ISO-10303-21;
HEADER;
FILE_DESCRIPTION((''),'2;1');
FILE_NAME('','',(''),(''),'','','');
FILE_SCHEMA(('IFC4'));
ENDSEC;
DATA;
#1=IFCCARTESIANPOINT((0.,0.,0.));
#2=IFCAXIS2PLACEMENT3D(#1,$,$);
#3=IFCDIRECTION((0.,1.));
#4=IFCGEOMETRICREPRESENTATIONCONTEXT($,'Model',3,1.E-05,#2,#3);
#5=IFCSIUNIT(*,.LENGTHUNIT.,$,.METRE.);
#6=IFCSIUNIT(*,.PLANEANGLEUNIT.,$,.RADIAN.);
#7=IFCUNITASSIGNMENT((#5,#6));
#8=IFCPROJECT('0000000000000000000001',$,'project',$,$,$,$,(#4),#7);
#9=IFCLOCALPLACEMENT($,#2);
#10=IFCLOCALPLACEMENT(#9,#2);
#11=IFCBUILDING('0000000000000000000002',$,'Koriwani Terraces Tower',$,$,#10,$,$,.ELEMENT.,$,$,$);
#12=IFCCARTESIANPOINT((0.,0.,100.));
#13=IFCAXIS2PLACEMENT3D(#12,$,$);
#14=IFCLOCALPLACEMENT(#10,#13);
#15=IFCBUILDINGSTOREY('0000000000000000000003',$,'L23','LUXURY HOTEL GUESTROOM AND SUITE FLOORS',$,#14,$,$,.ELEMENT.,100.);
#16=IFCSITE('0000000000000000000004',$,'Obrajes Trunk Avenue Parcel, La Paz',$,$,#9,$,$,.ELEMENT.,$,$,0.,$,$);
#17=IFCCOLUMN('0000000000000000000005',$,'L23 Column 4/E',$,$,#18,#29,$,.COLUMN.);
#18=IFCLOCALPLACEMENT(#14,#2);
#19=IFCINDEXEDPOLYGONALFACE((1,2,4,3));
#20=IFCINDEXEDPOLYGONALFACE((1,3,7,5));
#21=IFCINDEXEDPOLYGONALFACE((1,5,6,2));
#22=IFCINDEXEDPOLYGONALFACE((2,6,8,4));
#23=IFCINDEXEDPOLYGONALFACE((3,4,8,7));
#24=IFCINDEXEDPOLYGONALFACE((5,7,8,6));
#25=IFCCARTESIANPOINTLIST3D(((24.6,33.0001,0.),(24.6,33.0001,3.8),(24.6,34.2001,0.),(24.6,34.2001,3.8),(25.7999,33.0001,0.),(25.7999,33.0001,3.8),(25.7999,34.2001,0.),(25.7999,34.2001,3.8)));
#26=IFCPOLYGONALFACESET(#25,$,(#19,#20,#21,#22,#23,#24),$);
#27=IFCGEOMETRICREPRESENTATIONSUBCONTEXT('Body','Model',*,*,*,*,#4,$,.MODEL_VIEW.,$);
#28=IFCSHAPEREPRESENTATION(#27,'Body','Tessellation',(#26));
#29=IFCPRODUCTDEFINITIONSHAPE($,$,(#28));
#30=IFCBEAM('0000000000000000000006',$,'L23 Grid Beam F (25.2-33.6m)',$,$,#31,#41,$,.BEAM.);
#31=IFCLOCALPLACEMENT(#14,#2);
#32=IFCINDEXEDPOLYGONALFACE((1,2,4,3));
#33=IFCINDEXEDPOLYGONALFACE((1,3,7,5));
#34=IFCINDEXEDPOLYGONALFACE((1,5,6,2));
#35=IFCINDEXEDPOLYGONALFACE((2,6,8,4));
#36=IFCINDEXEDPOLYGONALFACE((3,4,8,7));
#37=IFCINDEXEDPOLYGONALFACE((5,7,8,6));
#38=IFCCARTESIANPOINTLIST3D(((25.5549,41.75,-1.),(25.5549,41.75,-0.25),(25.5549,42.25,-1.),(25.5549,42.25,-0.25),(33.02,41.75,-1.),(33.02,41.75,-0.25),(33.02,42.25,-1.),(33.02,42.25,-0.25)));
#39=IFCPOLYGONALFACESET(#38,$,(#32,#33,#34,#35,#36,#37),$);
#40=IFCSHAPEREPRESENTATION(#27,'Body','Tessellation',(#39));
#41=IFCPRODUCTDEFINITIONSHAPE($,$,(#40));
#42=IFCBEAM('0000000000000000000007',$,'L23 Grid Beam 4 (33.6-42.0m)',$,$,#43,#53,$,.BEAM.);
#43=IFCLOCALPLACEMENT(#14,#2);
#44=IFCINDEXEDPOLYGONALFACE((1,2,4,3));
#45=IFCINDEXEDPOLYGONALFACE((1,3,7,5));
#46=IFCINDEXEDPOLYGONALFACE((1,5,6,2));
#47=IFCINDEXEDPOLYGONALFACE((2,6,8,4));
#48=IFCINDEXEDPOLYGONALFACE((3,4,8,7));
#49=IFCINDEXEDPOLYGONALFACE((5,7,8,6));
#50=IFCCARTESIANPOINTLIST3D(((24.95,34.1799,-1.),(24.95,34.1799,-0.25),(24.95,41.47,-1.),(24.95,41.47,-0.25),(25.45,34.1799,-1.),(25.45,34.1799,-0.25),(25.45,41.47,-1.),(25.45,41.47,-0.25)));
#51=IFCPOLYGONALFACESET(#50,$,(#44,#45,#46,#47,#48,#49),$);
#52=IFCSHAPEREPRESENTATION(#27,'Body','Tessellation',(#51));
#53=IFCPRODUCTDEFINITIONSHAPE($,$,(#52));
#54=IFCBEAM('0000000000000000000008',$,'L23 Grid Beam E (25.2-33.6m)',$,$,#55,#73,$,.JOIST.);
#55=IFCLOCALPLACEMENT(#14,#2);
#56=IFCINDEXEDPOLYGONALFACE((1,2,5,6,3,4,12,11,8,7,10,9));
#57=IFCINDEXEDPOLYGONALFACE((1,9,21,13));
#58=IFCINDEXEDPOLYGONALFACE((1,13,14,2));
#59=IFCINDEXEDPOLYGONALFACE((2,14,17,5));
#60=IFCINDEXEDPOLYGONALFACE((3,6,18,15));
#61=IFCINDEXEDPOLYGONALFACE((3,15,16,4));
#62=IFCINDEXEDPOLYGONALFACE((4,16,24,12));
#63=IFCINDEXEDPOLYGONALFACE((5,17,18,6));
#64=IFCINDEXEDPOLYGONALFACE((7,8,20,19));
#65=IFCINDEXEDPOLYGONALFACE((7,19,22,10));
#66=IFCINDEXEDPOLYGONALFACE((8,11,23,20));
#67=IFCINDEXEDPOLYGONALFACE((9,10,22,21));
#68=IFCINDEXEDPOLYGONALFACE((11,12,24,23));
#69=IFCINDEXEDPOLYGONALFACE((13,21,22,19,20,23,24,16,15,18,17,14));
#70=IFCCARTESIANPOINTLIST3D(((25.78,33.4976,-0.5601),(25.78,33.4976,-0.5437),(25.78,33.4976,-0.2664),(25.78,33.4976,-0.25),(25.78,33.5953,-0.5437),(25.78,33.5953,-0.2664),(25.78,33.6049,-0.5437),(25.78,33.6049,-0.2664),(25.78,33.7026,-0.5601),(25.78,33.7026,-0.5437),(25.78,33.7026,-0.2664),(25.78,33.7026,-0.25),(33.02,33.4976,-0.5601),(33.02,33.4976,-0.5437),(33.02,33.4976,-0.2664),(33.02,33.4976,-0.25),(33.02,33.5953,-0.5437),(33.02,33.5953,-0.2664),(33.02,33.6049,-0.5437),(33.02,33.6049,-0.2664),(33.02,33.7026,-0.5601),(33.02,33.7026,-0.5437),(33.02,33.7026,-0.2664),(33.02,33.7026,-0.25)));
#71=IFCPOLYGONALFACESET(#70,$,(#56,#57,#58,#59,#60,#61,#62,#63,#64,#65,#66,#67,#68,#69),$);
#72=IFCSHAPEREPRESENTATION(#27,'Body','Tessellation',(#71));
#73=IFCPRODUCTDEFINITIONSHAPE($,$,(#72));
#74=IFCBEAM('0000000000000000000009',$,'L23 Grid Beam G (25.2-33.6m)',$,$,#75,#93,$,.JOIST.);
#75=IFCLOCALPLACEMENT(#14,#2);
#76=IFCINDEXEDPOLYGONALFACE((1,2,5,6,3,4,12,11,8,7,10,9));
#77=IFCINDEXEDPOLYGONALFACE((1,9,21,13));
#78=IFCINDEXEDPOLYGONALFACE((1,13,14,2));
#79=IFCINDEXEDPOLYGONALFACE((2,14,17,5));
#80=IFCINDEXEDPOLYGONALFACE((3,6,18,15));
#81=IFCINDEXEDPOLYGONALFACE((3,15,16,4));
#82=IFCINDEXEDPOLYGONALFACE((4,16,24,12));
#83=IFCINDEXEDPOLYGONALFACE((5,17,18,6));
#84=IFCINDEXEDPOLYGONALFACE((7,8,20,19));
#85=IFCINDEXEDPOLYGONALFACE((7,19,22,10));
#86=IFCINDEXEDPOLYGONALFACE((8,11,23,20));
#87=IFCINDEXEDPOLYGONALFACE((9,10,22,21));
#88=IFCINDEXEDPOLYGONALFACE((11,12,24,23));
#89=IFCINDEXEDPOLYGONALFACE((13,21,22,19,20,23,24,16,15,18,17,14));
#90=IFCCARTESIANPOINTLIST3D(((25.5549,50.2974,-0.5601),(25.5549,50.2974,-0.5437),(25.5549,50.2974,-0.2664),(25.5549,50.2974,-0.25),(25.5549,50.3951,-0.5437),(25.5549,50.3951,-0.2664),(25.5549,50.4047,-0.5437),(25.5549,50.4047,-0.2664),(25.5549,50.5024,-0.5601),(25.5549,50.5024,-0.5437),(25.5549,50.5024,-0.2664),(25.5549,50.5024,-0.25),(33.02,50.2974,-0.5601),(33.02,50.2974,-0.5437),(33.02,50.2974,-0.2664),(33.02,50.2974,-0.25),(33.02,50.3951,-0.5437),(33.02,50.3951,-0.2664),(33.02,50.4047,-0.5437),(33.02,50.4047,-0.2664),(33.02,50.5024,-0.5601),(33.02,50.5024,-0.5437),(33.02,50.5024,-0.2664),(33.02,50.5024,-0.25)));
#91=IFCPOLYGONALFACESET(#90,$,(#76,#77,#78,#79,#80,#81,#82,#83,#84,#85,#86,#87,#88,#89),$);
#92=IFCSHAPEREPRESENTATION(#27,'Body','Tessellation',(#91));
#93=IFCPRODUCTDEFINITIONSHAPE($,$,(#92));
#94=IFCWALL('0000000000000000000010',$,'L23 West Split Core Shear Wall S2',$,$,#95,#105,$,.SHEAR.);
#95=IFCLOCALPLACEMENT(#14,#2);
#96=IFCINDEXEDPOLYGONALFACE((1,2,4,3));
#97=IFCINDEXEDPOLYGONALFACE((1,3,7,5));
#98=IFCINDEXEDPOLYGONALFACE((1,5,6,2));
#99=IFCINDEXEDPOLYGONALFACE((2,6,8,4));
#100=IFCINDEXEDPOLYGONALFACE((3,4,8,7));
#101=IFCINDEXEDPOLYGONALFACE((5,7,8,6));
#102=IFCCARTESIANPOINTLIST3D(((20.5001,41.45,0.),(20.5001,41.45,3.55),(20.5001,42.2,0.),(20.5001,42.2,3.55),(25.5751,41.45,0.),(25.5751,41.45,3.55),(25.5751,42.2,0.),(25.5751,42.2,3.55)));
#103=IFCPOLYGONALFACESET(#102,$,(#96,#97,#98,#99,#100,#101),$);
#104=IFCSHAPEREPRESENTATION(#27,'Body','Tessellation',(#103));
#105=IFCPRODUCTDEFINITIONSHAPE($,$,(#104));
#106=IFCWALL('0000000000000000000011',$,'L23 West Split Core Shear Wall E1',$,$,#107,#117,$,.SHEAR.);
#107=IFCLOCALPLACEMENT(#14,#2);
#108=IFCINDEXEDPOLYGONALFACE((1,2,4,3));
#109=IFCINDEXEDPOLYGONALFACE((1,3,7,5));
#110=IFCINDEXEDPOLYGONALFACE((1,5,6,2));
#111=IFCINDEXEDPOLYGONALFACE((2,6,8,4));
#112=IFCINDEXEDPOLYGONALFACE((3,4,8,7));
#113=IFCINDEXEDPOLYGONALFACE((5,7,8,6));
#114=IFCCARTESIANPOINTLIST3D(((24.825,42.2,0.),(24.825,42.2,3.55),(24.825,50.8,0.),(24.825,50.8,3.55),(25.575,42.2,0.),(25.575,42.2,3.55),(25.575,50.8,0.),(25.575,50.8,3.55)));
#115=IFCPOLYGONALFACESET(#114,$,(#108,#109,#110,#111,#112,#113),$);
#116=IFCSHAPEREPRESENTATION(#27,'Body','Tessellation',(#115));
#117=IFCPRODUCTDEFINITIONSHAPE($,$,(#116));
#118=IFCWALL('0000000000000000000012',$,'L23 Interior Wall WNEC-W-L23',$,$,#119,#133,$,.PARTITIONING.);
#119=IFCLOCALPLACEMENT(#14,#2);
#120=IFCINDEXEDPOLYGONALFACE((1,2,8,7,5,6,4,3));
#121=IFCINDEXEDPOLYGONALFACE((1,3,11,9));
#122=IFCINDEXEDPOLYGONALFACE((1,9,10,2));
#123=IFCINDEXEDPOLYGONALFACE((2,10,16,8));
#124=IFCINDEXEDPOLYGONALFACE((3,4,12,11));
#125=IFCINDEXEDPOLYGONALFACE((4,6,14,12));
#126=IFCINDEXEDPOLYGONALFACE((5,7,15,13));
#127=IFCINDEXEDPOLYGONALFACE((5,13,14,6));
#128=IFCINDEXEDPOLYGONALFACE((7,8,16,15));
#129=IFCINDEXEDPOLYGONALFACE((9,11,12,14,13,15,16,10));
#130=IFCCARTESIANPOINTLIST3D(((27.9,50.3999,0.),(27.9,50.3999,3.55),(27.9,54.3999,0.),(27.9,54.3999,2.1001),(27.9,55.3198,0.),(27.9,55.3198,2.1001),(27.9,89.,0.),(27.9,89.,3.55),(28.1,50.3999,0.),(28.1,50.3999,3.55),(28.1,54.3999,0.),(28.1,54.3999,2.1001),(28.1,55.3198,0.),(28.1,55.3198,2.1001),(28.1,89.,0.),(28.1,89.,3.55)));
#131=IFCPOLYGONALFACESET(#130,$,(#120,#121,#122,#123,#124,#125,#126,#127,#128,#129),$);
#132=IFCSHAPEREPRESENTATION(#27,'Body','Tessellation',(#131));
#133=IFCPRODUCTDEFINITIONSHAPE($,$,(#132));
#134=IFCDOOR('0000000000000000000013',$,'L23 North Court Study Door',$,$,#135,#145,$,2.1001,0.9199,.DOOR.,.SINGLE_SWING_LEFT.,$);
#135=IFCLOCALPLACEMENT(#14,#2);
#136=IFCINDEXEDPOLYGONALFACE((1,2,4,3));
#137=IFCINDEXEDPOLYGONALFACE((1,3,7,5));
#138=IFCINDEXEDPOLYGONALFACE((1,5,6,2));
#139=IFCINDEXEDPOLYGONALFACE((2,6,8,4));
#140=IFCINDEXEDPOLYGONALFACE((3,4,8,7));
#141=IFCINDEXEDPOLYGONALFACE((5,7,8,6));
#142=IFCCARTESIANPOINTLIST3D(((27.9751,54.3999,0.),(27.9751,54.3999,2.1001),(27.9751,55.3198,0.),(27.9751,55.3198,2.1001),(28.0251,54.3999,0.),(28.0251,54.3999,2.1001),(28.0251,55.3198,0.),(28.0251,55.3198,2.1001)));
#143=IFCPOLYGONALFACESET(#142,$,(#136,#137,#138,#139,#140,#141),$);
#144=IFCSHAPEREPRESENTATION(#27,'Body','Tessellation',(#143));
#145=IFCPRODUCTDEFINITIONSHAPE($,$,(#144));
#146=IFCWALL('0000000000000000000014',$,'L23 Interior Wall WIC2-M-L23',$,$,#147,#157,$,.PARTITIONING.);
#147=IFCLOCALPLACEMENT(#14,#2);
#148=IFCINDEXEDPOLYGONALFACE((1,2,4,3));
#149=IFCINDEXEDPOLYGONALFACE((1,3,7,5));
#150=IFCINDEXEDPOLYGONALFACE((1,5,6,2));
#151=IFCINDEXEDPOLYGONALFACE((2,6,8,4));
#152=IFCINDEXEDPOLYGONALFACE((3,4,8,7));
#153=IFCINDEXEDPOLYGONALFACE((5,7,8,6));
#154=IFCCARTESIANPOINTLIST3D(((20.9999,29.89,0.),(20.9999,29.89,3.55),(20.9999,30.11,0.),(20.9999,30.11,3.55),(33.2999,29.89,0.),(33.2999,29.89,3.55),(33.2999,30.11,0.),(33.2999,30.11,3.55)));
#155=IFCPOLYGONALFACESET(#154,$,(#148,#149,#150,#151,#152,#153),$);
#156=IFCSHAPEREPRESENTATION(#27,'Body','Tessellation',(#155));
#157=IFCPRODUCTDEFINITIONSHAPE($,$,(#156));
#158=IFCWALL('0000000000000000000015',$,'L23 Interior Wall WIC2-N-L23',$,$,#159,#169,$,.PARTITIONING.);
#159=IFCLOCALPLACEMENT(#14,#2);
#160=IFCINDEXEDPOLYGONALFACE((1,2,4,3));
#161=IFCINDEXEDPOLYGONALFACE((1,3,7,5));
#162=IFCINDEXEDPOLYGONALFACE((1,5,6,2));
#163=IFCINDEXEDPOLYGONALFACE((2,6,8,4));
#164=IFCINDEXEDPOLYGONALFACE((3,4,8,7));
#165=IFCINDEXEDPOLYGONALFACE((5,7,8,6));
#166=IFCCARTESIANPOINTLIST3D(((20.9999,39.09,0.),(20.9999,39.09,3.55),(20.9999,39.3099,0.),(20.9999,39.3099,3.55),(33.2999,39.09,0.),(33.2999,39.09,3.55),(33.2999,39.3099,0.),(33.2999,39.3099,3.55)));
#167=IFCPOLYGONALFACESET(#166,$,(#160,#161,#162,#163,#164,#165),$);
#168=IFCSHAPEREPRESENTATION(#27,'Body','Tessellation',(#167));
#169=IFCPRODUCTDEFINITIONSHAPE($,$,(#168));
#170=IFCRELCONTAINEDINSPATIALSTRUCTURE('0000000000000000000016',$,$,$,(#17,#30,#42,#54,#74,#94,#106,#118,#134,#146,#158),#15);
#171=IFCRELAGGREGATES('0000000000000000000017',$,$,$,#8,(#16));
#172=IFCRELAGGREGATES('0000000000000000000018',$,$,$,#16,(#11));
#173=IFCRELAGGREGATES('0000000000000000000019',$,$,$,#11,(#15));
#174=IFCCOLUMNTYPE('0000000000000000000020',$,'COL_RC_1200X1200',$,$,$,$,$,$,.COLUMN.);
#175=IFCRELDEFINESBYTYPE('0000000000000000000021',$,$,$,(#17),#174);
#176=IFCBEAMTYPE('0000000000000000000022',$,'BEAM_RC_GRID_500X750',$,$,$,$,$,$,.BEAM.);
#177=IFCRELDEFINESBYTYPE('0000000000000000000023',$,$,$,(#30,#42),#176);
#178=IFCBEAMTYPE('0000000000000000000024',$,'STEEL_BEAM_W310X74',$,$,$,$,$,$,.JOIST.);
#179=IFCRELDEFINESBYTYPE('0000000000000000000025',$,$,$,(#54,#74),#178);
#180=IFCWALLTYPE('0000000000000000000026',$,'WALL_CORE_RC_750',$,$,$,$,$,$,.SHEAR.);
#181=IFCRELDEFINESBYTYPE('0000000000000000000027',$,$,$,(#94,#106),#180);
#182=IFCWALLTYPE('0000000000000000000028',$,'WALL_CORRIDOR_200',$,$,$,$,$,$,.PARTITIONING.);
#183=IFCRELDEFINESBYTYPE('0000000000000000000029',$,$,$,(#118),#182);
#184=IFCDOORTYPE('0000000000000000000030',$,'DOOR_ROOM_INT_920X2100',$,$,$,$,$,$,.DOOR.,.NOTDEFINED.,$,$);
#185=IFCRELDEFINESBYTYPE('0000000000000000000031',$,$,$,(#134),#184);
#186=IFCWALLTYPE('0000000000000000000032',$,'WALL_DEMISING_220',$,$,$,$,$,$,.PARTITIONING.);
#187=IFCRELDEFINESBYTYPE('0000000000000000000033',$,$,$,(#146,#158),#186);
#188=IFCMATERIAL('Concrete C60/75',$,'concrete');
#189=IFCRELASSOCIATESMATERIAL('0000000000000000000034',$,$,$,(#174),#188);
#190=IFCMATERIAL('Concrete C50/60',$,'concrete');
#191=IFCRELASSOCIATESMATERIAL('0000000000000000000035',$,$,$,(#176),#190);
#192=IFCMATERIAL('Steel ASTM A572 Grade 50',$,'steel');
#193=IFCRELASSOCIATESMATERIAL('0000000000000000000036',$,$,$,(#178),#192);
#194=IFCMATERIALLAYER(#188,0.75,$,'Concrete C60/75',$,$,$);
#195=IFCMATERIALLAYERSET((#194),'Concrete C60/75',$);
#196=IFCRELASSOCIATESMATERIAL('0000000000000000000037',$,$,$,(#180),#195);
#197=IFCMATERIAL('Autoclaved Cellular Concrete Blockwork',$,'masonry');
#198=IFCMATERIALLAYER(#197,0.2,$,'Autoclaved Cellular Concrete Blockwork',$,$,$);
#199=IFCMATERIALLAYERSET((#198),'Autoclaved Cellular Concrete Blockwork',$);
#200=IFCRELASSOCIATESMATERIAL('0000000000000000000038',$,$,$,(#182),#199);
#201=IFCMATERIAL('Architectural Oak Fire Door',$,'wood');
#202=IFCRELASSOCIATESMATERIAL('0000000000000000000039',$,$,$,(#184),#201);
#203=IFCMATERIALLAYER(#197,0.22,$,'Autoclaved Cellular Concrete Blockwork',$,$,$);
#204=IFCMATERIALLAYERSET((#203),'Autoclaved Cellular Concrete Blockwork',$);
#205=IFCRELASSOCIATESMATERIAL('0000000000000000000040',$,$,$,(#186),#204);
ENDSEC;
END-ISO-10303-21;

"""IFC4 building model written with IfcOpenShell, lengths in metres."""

from ifc_helpers import new_model, si_unit, direction, frame, frame_2d, origin, origin_2d, place, context, subcontext, project, spatial, rectangle, i_section, extrude, material, layer, layer_set, material_profile, profile_set, type_object, element, fill, save


model = new_model("IFC4")

# Units and contexts
model_context = context("Model", 3, precision=1e-05, world=origin(), true_north=direction((0.0, 1.0)))
body_context = subcontext(model_context, "Body", "Model", "MODEL_VIEW")
ifc_project = project(units=[si_unit("LENGTHUNIT", "METRE"), si_unit("PLANEANGLEUNIT", "RADIAN")], contexts=[model_context])

# Site, building, storey
site_placement = place(None, origin())
site = spatial("IfcSite", under=ifc_project, at=site_placement, Name="Obrajes Trunk Avenue Parcel, La Paz", CompositionType="ELEMENT", RefElevation=0.0)
building_placement = place(site_placement, origin())
building = spatial("IfcBuilding", under=site, at=building_placement, Name="Koriwani Terraces Tower", CompositionType="ELEMENT")
storey_placement = place(building_placement, frame((0.0, 0.0, 100.0)))
storey = spatial("IfcBuildingStorey", under=building, at=storey_placement, Name="L23", Description="LUXURY HOTEL GUESTROOM AND SUITE FLOORS", CompositionType="ELEMENT", Elevation=100.0)

# Column
ifc_material_1 = material(Name="Concrete C60/75", Category="concrete")
ifc_material_profile_1 = material_profile(ifc_material_1, rectangle(XDim=1.2, YDim=1.2, at=origin_2d()), Name="Concrete C60/75", Category="LoadBearing")
ifc_profile_set_1 = profile_set([ifc_material_profile_1], Name="Concrete C60/75")
column_type = type_object("IfcColumnType", Name="COL_RC_1200X1200", PredefinedType="COLUMN", material=ifc_profile_set_1)
column_placement = place(storey_placement, frame((25.2, 33.6001, 0.0), z_axis=(0.0, 0.0, 1.0), x_axis=(1.0, 0.0, 0.0)))
element("IfcColumn", 1, at=column_placement, inside=storey, type_object=column_type, Name="L23 Column 4/E", PredefinedType="COLUMN", context=body_context, shape_type="SweptSolid", body=[
    extrude(rectangle(XDim=1.2, YDim=1.2, at=origin_2d()), origin(), (0.0, 0.0, 1.0), 3.8),
])

# Beams
ifc_material_2 = material(Name="Concrete C50/60", Category="concrete")
ifc_material_profile_2 = material_profile(ifc_material_2, rectangle(XDim=0.5, YDim=0.75, at=origin_2d()), Name="Concrete C50/60", Category="LoadBearing")
ifc_profile_set_2 = profile_set([ifc_material_profile_2], Name="Concrete C50/60")
beam_type_1 = type_object("IfcBeamType", Name="BEAM_RC_GRID_500X750", PredefinedType="BEAM", material=ifc_profile_set_2)
beam_1_placement = place(storey_placement, frame((25.5549, 42.0, -0.625), z_axis=(1.0, 0.0, 0.0), x_axis=(0.0, 1.0, 0.0)))
element("IfcBeam", 2, at=beam_1_placement, inside=storey, type_object=beam_type_1, Name="L23 Grid Beam F (25.2-33.6m)", PredefinedType="BEAM", context=body_context, shape_type="SweptSolid", body=[
    extrude(rectangle(XDim=0.5, YDim=0.75, at=origin_2d()), origin(), (0.0, 0.0, 1.0), 7.4651),
])
beam_2_placement = place(storey_placement, frame((25.2, 34.1799, -0.625), z_axis=(0.0, 1.0, 0.0), x_axis=(-1.0, 0.0, 0.0)))
element("IfcBeam", 3, at=beam_2_placement, inside=storey, type_object=beam_type_1, Name="L23 Grid Beam 4 (33.6-42.0m)", PredefinedType="BEAM", context=body_context, shape_type="SweptSolid", body=[
    extrude(rectangle(XDim=0.5, YDim=0.75, at=origin_2d()), origin(), (0.0, 0.0, 1.0), 7.29),
])
ifc_material_3 = material(Name="Steel ASTM A572 Grade 50", Category="steel")
ifc_material_profile_3 = material_profile(ifc_material_3, i_section(OverallWidth=0.2051, OverallDepth=0.3101, WebThickness=0.0095, FlangeThickness=0.0164, at=origin_2d()), Name="Steel ASTM A572 Grade 50", Category="LoadBearing")
ifc_profile_set_3 = profile_set([ifc_material_profile_3], Name="Steel ASTM A572 Grade 50")
beam_type_2 = type_object("IfcBeamType", Name="STEEL_BEAM_W310X74", PredefinedType="JOIST", material=ifc_profile_set_3)
beam_3_placement = place(storey_placement, frame((25.78, 33.6001, -0.405), z_axis=(1.0, 0.0, 0.0), x_axis=(0.0, 1.0, 0.0)))
element("IfcBeam", 4, at=beam_3_placement, inside=storey, type_object=beam_type_2, Name="L23 Grid Beam E (25.2-33.6m)", PredefinedType="JOIST", context=body_context, shape_type="SweptSolid", body=[
    extrude(i_section(OverallWidth=0.2051, OverallDepth=0.3101, WebThickness=0.0095, FlangeThickness=0.0164, at=origin_2d()), origin(), (0.0, 0.0, 1.0), 7.24),
])
beam_4_placement = place(storey_placement, frame((25.5549, 50.3999, -0.405), z_axis=(1.0, 0.0, 0.0), x_axis=(0.0, 1.0, 0.0)))
element("IfcBeam", 5, at=beam_4_placement, inside=storey, type_object=beam_type_2, Name="L23 Grid Beam G (25.2-33.6m)", PredefinedType="JOIST", context=body_context, shape_type="SweptSolid", body=[
    extrude(i_section(OverallWidth=0.2051, OverallDepth=0.3101, WebThickness=0.0095, FlangeThickness=0.0164, at=origin_2d()), origin(), (0.0, 0.0, 1.0), 7.4651),
])

# Walls
ifc_layer_1 = layer(ifc_material_1, 0.75, Name="Concrete C60/75")
ifc_layer_set_1 = layer_set([ifc_layer_1], Name="Concrete C60/75")
wall_type_1 = type_object("IfcWallType", Name="WALL_CORE_RC_750", PredefinedType="SHEAR", material=ifc_layer_set_1)
wall_1_placement = place(storey_placement, frame((20.5, 41.825, 0.0), z_axis=(0.0, 0.0, 1.0), x_axis=(1.0, 0.0, 0.0)))
element("IfcWall", 6, at=wall_1_placement, inside=storey, type_object=wall_type_1, Name="L23 West Split Core Shear Wall S2", PredefinedType="SHEAR", context=body_context, shape_type="SweptSolid", body=[
    extrude(rectangle(XDim=5.075, YDim=0.75, at=frame_2d((2.5376, 0.0))), origin(), (0.0, 0.0, 1.0), 3.55),
])
wall_2_placement = place(storey_placement, frame((25.2, 42.2, 0.0), z_axis=(0.0, 0.0, 1.0), x_axis=(0.0, 1.0, 0.0)))
element("IfcWall", 7, at=wall_2_placement, inside=storey, type_object=wall_type_1, Name="L23 West Split Core Shear Wall E1", PredefinedType="SHEAR", context=body_context, shape_type="SweptSolid", body=[
    extrude(rectangle(XDim=8.6001, YDim=0.75, at=frame_2d((4.3, 0.0))), origin(), (0.0, 0.0, 1.0), 3.55),
])

# Wall, opening, door
ifc_material_4 = material(Name="Autoclaved Cellular Concrete Blockwork", Category="masonry")
ifc_layer_2 = layer(ifc_material_4, 0.2, Name="Autoclaved Cellular Concrete Blockwork")
ifc_layer_set_2 = layer_set([ifc_layer_2], Name="Autoclaved Cellular Concrete Blockwork")
wall_type_2 = type_object("IfcWallType", Name="WALL_CORRIDOR_200", PredefinedType="PARTITIONING", material=ifc_layer_set_2)
wall_3_placement = place(storey_placement, frame((28.0, 50.3999, 0.0), z_axis=(0.0, 0.0, 1.0), x_axis=(0.0, 1.0, 0.0)))
wall_3 = element("IfcWall", 8, at=wall_3_placement, inside=storey, type_object=wall_type_2, Name="L23 Interior Wall WNEC-W-L23", PredefinedType="PARTITIONING", context=body_context, shape_type="SweptSolid", body=[
    extrude(rectangle(XDim=38.6001, YDim=0.2, at=frame_2d((19.3, 0.0))), origin(), (0.0, 0.0, 1.0), 3.55),
])
opening_1_placement = place(wall_3_placement, frame((4.0, 0.0, 0.0)))
opening_1 = element("IfcOpeningElement", 9, at=opening_1_placement, cuts=wall_3, PredefinedType="OPENING", context=body_context, shape_type="SweptSolid", body=[
    extrude(rectangle(XDim=0.9199, YDim=2.1001, at=frame_2d((0.46, 1.05))), frame((0.0, 0.1099, 0.0), z_axis=(0.0, -1.0, 0.0), x_axis=(1.0, 0.0, 0.0)), (0.0, 0.0, 1.0), 0.22),
])
ifc_material_5 = material(Name="Architectural Oak Fire Door", Category="wood")
door_type_1 = type_object("IfcDoorType", Name="DOOR_ROOM_INT_920X2100", OperationType="NOTDEFINED", PredefinedType="DOOR", material=ifc_material_5)
door_1_placement = place(opening_1_placement, origin())
door_1 = element("IfcDoor", 10, at=door_1_placement, inside=storey, type_object=door_type_1, Name="L23 North Court Study Door", OperationType="SINGLE_SWING_LEFT", OverallHeight=2.1001, OverallWidth=0.9199, PredefinedType="DOOR", context=body_context, shape_type="SweptSolid", body=[
    extrude(rectangle(XDim=0.9199, YDim=2.1001, at=frame_2d((0.46, 1.05))), frame((0.0, 0.0249, 0.0), z_axis=(0.0, -1.0, 0.0), x_axis=(1.0, 0.0, 0.0)), (0.0, 0.0, 1.0), 0.05),
])
fill(opening_1, door_1)

# Walls
ifc_layer_3 = layer(ifc_material_4, 0.22, Name="Autoclaved Cellular Concrete Blockwork")
ifc_layer_set_3 = layer_set([ifc_layer_3], Name="Autoclaved Cellular Concrete Blockwork")
wall_type_3 = type_object("IfcWallType", Name="WALL_DEMISING_220", PredefinedType="PARTITIONING", material=ifc_layer_set_3)
for number, where, z_axis, x_axis, name in (
    (11, (21.0, 30.0, 0.0), (0.0, 0.0, 1.0), (1.0, 0.0, 0.0), "L23 Interior Wall WIC2-M-L23"),
    (12, (21.0, 39.2, 0.0), (0.0, 0.0, 1.0), (1.0, 0.0, 0.0), "L23 Interior Wall WIC2-N-L23"),
):
    element("IfcWall", number, at=place(storey_placement, frame(where, z_axis=z_axis, x_axis=x_axis)), inside=storey, type_object=wall_type_3, Name=name, PredefinedType="PARTITIONING", context=body_context, shape_type="SweptSolid", body=[
        extrude(rectangle(XDim=12.3, YDim=0.22, at=frame_2d((6.1499, 0.0))), origin(), (0.0, 0.0, 1.0), 3.55),
    ])

save(model, "model.ifc")
